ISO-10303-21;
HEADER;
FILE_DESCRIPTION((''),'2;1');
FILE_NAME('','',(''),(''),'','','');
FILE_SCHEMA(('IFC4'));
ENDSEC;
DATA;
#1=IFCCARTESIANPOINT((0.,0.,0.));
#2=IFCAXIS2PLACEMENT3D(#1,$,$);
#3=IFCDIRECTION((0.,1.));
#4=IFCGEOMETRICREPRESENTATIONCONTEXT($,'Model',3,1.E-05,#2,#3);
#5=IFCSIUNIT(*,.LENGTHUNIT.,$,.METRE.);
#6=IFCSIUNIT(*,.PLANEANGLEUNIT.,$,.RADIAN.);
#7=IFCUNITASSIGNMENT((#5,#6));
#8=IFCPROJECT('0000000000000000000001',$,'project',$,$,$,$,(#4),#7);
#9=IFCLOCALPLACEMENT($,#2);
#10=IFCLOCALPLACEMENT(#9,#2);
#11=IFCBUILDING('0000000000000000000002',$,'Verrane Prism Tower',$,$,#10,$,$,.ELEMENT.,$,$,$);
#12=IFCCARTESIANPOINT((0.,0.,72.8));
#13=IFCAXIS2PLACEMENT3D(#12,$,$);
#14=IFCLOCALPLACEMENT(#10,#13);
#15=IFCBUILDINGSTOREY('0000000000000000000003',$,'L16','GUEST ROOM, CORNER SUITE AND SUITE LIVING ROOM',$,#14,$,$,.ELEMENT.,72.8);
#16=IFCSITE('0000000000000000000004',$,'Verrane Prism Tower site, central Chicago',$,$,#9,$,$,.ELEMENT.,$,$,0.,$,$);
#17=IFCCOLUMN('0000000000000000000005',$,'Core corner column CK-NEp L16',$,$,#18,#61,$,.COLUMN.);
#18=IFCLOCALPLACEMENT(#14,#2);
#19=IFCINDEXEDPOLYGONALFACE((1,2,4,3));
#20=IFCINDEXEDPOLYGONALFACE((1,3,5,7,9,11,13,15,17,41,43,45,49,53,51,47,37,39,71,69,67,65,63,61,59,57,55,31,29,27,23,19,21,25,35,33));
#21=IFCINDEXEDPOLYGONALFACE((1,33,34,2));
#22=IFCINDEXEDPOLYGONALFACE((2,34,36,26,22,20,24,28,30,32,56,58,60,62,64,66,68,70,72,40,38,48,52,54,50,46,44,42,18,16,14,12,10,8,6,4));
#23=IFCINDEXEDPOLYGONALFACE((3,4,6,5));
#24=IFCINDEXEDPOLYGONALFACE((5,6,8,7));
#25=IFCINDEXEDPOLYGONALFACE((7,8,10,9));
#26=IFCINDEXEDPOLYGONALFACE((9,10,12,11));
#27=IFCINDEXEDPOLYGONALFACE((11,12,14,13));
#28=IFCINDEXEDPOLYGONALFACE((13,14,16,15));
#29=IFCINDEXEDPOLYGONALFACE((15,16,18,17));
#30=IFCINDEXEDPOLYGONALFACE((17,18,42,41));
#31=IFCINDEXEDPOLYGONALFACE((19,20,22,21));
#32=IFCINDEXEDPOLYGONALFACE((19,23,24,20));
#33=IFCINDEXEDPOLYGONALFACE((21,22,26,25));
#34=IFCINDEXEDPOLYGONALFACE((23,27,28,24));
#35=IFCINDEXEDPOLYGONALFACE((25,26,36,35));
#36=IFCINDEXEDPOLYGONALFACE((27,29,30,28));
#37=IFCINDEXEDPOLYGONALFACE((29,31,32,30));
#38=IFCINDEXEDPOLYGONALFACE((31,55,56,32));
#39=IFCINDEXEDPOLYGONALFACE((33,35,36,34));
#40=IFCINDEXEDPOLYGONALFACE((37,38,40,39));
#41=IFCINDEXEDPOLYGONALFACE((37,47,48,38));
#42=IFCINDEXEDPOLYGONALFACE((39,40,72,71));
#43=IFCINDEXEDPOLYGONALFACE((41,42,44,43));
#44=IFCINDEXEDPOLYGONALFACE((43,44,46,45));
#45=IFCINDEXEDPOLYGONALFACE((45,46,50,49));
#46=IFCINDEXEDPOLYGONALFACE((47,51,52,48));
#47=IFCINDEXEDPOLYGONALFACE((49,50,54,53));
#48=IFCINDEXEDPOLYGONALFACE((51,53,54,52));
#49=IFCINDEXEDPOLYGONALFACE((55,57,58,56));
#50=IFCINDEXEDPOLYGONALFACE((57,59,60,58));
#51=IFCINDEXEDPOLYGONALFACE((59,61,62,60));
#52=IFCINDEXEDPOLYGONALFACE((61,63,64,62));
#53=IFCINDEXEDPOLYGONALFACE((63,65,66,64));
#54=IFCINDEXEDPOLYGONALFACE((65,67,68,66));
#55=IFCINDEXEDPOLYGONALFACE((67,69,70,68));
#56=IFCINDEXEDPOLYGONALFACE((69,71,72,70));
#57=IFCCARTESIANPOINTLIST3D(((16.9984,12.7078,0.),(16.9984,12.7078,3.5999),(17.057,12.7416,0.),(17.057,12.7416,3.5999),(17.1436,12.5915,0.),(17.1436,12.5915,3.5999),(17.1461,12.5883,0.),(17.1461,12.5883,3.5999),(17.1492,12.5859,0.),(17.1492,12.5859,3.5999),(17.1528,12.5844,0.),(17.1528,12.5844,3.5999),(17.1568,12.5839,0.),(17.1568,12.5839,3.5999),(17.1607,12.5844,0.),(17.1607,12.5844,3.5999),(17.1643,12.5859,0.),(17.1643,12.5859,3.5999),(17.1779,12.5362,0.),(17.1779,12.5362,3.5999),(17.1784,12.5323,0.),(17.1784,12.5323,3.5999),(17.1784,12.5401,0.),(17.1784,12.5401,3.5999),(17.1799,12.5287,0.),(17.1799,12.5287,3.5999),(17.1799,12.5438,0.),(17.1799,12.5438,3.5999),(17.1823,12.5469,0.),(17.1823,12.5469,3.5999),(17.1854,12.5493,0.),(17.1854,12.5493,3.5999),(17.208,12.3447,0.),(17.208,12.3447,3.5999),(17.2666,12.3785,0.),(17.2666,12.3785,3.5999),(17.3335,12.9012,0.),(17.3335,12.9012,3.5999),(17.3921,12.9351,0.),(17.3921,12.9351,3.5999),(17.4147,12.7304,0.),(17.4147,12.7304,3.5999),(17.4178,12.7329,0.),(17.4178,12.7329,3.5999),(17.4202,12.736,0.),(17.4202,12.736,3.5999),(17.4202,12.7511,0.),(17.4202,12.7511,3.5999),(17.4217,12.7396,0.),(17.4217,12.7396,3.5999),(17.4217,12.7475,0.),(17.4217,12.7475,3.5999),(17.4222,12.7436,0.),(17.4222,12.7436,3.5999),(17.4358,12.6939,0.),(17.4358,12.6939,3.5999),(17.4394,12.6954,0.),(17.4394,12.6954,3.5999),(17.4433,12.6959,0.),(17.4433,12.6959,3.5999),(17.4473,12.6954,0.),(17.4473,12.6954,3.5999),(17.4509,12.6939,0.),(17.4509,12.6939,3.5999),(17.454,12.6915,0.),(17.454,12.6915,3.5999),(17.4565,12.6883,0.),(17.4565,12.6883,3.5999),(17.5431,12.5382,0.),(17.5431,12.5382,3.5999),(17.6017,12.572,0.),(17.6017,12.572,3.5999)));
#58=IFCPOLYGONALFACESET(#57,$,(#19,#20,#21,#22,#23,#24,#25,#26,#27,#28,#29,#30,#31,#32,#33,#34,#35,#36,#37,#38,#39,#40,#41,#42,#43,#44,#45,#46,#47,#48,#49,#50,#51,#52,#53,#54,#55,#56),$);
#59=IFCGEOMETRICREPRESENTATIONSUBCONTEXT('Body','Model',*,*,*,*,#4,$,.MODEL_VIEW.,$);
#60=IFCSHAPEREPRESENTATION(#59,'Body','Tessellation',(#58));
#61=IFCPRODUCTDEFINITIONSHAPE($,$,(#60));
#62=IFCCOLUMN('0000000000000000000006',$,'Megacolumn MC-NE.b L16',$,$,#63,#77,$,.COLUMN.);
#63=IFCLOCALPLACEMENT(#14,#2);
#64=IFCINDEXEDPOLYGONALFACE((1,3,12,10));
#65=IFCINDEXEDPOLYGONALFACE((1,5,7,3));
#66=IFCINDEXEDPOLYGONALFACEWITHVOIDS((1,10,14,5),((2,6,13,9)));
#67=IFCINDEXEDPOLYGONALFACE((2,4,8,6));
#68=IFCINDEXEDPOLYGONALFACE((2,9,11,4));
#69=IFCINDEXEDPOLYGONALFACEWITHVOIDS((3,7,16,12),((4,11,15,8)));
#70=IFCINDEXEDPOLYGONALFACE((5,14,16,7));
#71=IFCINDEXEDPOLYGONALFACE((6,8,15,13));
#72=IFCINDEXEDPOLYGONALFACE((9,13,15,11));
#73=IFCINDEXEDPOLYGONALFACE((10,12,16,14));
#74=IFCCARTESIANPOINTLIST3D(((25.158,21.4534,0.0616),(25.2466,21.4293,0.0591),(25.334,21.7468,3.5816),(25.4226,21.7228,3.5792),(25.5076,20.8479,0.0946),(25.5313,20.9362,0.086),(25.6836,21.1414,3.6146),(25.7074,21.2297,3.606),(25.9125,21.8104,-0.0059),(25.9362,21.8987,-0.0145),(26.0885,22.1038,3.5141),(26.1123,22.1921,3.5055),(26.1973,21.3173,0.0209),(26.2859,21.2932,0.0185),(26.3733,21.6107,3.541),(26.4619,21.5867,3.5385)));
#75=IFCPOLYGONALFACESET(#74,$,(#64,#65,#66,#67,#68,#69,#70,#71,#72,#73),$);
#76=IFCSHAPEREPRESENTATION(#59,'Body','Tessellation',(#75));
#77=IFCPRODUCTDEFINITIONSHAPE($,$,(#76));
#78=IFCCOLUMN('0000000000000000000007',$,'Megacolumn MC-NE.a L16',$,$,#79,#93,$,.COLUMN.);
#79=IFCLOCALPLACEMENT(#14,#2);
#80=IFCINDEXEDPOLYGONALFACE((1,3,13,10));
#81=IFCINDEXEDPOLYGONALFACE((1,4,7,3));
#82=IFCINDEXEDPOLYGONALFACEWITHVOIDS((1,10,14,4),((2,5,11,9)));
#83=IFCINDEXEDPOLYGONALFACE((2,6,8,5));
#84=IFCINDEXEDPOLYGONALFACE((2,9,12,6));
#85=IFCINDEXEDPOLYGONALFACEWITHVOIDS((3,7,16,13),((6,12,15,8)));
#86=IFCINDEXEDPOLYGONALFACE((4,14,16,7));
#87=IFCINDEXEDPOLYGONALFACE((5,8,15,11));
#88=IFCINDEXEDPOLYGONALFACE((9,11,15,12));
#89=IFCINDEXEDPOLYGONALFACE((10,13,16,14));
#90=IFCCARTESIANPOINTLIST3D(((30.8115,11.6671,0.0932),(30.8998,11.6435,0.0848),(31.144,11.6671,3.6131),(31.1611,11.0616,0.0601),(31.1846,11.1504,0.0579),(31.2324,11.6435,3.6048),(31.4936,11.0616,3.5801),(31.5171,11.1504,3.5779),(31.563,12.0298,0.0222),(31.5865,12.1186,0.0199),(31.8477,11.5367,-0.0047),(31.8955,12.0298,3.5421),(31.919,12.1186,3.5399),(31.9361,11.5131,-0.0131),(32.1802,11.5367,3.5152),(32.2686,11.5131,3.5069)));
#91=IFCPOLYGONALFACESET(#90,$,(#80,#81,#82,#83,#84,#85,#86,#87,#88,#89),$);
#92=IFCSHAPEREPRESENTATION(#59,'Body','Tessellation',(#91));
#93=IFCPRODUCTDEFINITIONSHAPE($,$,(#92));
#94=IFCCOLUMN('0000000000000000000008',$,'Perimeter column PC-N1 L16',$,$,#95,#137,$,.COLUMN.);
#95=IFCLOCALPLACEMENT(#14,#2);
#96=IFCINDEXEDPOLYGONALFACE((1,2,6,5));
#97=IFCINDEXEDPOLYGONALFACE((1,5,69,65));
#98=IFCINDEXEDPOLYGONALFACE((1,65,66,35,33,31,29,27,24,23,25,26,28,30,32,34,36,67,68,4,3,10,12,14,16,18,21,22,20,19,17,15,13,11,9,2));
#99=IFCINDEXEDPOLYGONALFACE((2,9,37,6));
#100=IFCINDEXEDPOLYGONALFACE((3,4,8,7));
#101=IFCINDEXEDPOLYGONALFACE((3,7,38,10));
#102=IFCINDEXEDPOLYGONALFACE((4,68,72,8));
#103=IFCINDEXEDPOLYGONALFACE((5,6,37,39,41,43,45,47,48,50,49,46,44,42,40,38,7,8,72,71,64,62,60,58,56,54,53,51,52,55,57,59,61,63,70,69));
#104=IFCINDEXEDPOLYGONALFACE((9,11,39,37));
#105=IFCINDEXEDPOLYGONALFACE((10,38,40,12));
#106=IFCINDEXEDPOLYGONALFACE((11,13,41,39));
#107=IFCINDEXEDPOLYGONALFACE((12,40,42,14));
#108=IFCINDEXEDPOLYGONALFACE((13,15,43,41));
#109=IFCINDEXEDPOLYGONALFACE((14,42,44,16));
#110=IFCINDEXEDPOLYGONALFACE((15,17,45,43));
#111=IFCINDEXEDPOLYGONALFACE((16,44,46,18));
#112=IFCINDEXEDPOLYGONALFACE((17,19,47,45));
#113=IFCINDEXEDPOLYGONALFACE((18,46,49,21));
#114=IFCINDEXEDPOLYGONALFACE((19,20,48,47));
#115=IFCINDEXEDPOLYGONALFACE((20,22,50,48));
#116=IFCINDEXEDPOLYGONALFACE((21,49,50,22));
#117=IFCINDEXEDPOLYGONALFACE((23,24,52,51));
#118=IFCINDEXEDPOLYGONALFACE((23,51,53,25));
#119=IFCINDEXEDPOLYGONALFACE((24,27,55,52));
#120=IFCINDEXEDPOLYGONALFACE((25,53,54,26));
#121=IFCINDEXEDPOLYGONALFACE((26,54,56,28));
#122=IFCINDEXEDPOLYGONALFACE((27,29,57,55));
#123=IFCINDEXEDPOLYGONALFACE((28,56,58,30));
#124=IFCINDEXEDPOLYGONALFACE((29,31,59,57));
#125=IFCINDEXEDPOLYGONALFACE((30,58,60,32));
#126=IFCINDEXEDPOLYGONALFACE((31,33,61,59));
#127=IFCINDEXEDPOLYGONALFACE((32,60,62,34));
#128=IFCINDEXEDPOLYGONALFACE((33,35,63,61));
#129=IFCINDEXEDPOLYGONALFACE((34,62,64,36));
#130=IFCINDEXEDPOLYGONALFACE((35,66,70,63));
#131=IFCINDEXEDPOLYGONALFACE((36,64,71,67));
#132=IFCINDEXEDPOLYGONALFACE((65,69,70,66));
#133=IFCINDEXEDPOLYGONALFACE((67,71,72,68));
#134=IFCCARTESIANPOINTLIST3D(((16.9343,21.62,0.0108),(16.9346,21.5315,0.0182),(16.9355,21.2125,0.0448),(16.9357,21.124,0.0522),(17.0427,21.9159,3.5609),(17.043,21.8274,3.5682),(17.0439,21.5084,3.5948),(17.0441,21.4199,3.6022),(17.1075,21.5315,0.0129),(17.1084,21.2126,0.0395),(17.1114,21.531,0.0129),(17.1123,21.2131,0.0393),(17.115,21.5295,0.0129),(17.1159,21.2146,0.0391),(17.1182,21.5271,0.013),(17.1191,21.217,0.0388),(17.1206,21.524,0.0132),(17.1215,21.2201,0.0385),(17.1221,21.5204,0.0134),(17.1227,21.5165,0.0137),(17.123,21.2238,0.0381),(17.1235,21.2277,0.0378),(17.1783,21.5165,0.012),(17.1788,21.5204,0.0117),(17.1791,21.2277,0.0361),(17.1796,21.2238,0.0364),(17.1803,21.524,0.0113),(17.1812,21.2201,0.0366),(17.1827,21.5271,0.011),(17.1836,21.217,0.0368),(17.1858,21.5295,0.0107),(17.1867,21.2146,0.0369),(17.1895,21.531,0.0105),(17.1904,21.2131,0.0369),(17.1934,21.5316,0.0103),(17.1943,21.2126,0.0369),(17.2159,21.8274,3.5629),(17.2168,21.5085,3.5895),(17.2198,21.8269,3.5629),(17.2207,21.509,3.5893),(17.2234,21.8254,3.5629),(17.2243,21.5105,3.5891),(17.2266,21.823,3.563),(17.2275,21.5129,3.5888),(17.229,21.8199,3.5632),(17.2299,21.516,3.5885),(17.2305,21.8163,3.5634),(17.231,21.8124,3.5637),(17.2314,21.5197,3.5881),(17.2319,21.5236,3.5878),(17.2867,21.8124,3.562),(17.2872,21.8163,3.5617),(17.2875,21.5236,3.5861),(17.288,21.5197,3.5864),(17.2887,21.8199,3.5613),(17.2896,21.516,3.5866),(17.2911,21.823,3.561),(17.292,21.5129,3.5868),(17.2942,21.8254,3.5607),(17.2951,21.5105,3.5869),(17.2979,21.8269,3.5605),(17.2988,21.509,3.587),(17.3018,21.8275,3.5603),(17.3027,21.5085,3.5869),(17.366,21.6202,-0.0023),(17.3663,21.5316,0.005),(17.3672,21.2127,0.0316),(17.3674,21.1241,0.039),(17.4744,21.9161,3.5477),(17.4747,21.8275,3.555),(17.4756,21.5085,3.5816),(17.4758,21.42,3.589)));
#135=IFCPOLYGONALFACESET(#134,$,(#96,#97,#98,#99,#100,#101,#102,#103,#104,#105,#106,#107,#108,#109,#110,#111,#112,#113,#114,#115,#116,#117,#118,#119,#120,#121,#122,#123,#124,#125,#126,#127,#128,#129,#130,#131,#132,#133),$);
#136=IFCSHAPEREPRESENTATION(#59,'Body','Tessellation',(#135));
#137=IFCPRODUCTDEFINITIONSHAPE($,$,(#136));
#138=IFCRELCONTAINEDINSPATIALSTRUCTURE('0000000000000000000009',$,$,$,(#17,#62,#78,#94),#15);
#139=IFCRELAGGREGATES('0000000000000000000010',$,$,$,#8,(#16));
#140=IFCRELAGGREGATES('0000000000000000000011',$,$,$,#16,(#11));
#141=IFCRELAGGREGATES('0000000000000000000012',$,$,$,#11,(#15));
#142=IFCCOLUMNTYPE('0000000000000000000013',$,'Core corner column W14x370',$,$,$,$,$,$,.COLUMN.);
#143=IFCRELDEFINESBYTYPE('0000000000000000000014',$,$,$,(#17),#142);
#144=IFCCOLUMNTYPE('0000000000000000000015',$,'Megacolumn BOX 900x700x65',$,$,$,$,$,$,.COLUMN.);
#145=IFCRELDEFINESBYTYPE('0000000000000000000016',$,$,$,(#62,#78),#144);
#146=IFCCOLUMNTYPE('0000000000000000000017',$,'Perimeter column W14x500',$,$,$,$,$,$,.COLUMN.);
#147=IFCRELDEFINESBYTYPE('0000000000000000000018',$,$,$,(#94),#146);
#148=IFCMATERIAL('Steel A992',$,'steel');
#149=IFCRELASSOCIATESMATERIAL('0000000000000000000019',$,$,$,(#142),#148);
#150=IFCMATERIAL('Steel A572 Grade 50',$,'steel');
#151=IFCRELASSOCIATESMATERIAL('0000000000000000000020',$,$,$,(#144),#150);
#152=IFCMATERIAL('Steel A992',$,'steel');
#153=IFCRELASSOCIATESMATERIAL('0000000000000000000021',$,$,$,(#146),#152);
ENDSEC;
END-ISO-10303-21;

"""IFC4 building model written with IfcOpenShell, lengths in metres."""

from ifc_helpers import new_model, si_unit, direction, frame, origin, origin_2d, place, context, subcontext, project, spatial, hollow_rectangle, i_section, extrude, material, material_profile, profile_set, type_object, element, save


model = new_model("IFC4")

# Units and contexts
model_context = context("Model", 3, precision=1e-05, world=origin(), true_north=direction((0.0, 1.0)))
body_context = subcontext(model_context, "Body", "Model", "MODEL_VIEW")
ifc_project = project(units=[si_unit("LENGTHUNIT", "METRE"), si_unit("PLANEANGLEUNIT", "RADIAN")], contexts=[model_context])

# Site, building, storey
site_placement = place(None, origin())
site = spatial("IfcSite", under=ifc_project, at=site_placement, Name="Verrane Prism Tower site, central Chicago", CompositionType="ELEMENT", RefElevation=0.0)
building_placement = place(site_placement, origin())
building = spatial("IfcBuilding", under=site, at=building_placement, Name="Verrane Prism Tower", CompositionType="ELEMENT")
storey_placement = place(building_placement, frame((0.0, 0.0, 72.8)))
storey = spatial("IfcBuildingStorey", under=building, at=storey_placement, Name="L16", Description="GUEST ROOM, CORNER SUITE AND SUITE LIVING ROOM", CompositionType="ELEMENT", Elevation=72.8)

# Columns
ifc_material_1 = material(Name="Steel A992", Category="steel")
ifc_material_profile_1 = material_profile(ifc_material_1, i_section(OverallWidth=0.4192, OverallDepth=0.4546, WebThickness=0.0422, FlangeThickness=0.0676, FilletRadius=0.0151, at=origin_2d()), Name="W14x370")
ifc_profile_set_1 = profile_set([ifc_material_profile_1], Name="Steel A992")
column_type_1 = type_object("IfcColumnType", Name="Core corner column W14x370", PredefinedType="COLUMN", material=ifc_profile_set_1)
column_1_placement = place(storey_placement, frame((17.3, 12.6399, 0.0), z_axis=(0.0, 0.0, 1.0), x_axis=(0.5, -0.866025, 0.0)))
element("IfcColumn", 1, at=column_1_placement, inside=storey, type_object=column_type_1, Name="Core corner column CK-NEp L16", PredefinedType="COLUMN", context=body_context, shape_type="SweptSolid", body=[
    extrude(i_section(OverallWidth=0.4192, OverallDepth=0.4546, WebThickness=0.0422, FlangeThickness=0.0676, FilletRadius=0.0151, at=origin_2d()), origin(), (0.0, 0.0, 1.0), 3.5999),
])
ifc_material_2 = material(Name="Steel A572 Grade 50", Category="steel")
ifc_material_profile_2 = material_profile(ifc_material_2, hollow_rectangle(XDim=0.7, YDim=0.8999, WallThickness=0.0649, at=origin_2d()), Name="BOX 900x700x65")
ifc_profile_set_2 = profile_set([ifc_material_profile_2], Name="Steel A572 Grade 50")
column_type_2 = type_object("IfcColumnType", Name="Megacolumn BOX 900x700x65", PredefinedType="COLUMN", material=ifc_profile_set_2)
column_2_placement = place(storey_placement, frame((25.7219, 21.3733, 0.04), z_axis=(0.049772, 0.082977, 0.995308), x_axis=(0.499551, -0.865001, 0.047132)))
element("IfcColumn", 2, at=column_2_placement, inside=storey, type_object=column_type_2, Name="Megacolumn MC-NE.b L16", PredefinedType="COLUMN", context=body_context, shape_type="SweptSolid", body=[
    extrude(hollow_rectangle(XDim=0.7, YDim=0.8999, WallThickness=0.0649, at=origin_2d()), origin(), (0.0, 0.0, 1.0), 3.5366),
])
column_3_placement = place(storey_placement, frame((31.3738, 11.5901, 0.04), z_axis=(0.094047, 0.0, 0.995568), x_axis=(0.499443, -0.865061, -0.04718)))
element("IfcColumn", 3, at=column_3_placement, inside=storey, type_object=column_type_2, Name="Megacolumn MC-NE.a L16", PredefinedType="COLUMN", context=body_context, shape_type="SweptSolid", body=[
    extrude(hollow_rectangle(XDim=0.7, YDim=0.8999, WallThickness=0.0649, at=origin_2d()), origin(), (0.0, 0.0, 1.0), 3.5356),
])
ifc_material_3 = material(Name="Steel A992", Category="steel")
ifc_material_profile_3 = material_profile(ifc_material_3, i_section(OverallWidth=0.4319, OverallDepth=0.4978, WebThickness=0.0557, FlangeThickness=0.0889, FilletRadius=0.0151, at=origin_2d()), Name="W14x500")
ifc_profile_set_3 = profile_set([ifc_material_profile_3], Name="Steel A992")
column_type_3 = type_object("IfcColumnType", Name="Perimeter column W14x500", PredefinedType="COLUMN", material=ifc_profile_set_3)
column_4_placement = place(storey_placement, frame((17.1509, 21.3721, 0.0249), z_axis=(0.030415, 0.083024, 0.996083), x_axis=(0.999533, 0.000291, -0.030544)))
element("IfcColumn", 4, at=column_4_placement, inside=storey, type_object=column_type_3, Name="Perimeter column PC-N1 L16", PredefinedType="COLUMN", context=body_context, shape_type="SweptSolid", body=[
    extrude(i_section(OverallWidth=0.4319, OverallDepth=0.4978, WebThickness=0.0557, FlangeThickness=0.0889, FilletRadius=0.0151, at=origin_2d()), origin(), (0.0, 0.0, 1.0), 3.564),
])

save(model, "model.ifc")
